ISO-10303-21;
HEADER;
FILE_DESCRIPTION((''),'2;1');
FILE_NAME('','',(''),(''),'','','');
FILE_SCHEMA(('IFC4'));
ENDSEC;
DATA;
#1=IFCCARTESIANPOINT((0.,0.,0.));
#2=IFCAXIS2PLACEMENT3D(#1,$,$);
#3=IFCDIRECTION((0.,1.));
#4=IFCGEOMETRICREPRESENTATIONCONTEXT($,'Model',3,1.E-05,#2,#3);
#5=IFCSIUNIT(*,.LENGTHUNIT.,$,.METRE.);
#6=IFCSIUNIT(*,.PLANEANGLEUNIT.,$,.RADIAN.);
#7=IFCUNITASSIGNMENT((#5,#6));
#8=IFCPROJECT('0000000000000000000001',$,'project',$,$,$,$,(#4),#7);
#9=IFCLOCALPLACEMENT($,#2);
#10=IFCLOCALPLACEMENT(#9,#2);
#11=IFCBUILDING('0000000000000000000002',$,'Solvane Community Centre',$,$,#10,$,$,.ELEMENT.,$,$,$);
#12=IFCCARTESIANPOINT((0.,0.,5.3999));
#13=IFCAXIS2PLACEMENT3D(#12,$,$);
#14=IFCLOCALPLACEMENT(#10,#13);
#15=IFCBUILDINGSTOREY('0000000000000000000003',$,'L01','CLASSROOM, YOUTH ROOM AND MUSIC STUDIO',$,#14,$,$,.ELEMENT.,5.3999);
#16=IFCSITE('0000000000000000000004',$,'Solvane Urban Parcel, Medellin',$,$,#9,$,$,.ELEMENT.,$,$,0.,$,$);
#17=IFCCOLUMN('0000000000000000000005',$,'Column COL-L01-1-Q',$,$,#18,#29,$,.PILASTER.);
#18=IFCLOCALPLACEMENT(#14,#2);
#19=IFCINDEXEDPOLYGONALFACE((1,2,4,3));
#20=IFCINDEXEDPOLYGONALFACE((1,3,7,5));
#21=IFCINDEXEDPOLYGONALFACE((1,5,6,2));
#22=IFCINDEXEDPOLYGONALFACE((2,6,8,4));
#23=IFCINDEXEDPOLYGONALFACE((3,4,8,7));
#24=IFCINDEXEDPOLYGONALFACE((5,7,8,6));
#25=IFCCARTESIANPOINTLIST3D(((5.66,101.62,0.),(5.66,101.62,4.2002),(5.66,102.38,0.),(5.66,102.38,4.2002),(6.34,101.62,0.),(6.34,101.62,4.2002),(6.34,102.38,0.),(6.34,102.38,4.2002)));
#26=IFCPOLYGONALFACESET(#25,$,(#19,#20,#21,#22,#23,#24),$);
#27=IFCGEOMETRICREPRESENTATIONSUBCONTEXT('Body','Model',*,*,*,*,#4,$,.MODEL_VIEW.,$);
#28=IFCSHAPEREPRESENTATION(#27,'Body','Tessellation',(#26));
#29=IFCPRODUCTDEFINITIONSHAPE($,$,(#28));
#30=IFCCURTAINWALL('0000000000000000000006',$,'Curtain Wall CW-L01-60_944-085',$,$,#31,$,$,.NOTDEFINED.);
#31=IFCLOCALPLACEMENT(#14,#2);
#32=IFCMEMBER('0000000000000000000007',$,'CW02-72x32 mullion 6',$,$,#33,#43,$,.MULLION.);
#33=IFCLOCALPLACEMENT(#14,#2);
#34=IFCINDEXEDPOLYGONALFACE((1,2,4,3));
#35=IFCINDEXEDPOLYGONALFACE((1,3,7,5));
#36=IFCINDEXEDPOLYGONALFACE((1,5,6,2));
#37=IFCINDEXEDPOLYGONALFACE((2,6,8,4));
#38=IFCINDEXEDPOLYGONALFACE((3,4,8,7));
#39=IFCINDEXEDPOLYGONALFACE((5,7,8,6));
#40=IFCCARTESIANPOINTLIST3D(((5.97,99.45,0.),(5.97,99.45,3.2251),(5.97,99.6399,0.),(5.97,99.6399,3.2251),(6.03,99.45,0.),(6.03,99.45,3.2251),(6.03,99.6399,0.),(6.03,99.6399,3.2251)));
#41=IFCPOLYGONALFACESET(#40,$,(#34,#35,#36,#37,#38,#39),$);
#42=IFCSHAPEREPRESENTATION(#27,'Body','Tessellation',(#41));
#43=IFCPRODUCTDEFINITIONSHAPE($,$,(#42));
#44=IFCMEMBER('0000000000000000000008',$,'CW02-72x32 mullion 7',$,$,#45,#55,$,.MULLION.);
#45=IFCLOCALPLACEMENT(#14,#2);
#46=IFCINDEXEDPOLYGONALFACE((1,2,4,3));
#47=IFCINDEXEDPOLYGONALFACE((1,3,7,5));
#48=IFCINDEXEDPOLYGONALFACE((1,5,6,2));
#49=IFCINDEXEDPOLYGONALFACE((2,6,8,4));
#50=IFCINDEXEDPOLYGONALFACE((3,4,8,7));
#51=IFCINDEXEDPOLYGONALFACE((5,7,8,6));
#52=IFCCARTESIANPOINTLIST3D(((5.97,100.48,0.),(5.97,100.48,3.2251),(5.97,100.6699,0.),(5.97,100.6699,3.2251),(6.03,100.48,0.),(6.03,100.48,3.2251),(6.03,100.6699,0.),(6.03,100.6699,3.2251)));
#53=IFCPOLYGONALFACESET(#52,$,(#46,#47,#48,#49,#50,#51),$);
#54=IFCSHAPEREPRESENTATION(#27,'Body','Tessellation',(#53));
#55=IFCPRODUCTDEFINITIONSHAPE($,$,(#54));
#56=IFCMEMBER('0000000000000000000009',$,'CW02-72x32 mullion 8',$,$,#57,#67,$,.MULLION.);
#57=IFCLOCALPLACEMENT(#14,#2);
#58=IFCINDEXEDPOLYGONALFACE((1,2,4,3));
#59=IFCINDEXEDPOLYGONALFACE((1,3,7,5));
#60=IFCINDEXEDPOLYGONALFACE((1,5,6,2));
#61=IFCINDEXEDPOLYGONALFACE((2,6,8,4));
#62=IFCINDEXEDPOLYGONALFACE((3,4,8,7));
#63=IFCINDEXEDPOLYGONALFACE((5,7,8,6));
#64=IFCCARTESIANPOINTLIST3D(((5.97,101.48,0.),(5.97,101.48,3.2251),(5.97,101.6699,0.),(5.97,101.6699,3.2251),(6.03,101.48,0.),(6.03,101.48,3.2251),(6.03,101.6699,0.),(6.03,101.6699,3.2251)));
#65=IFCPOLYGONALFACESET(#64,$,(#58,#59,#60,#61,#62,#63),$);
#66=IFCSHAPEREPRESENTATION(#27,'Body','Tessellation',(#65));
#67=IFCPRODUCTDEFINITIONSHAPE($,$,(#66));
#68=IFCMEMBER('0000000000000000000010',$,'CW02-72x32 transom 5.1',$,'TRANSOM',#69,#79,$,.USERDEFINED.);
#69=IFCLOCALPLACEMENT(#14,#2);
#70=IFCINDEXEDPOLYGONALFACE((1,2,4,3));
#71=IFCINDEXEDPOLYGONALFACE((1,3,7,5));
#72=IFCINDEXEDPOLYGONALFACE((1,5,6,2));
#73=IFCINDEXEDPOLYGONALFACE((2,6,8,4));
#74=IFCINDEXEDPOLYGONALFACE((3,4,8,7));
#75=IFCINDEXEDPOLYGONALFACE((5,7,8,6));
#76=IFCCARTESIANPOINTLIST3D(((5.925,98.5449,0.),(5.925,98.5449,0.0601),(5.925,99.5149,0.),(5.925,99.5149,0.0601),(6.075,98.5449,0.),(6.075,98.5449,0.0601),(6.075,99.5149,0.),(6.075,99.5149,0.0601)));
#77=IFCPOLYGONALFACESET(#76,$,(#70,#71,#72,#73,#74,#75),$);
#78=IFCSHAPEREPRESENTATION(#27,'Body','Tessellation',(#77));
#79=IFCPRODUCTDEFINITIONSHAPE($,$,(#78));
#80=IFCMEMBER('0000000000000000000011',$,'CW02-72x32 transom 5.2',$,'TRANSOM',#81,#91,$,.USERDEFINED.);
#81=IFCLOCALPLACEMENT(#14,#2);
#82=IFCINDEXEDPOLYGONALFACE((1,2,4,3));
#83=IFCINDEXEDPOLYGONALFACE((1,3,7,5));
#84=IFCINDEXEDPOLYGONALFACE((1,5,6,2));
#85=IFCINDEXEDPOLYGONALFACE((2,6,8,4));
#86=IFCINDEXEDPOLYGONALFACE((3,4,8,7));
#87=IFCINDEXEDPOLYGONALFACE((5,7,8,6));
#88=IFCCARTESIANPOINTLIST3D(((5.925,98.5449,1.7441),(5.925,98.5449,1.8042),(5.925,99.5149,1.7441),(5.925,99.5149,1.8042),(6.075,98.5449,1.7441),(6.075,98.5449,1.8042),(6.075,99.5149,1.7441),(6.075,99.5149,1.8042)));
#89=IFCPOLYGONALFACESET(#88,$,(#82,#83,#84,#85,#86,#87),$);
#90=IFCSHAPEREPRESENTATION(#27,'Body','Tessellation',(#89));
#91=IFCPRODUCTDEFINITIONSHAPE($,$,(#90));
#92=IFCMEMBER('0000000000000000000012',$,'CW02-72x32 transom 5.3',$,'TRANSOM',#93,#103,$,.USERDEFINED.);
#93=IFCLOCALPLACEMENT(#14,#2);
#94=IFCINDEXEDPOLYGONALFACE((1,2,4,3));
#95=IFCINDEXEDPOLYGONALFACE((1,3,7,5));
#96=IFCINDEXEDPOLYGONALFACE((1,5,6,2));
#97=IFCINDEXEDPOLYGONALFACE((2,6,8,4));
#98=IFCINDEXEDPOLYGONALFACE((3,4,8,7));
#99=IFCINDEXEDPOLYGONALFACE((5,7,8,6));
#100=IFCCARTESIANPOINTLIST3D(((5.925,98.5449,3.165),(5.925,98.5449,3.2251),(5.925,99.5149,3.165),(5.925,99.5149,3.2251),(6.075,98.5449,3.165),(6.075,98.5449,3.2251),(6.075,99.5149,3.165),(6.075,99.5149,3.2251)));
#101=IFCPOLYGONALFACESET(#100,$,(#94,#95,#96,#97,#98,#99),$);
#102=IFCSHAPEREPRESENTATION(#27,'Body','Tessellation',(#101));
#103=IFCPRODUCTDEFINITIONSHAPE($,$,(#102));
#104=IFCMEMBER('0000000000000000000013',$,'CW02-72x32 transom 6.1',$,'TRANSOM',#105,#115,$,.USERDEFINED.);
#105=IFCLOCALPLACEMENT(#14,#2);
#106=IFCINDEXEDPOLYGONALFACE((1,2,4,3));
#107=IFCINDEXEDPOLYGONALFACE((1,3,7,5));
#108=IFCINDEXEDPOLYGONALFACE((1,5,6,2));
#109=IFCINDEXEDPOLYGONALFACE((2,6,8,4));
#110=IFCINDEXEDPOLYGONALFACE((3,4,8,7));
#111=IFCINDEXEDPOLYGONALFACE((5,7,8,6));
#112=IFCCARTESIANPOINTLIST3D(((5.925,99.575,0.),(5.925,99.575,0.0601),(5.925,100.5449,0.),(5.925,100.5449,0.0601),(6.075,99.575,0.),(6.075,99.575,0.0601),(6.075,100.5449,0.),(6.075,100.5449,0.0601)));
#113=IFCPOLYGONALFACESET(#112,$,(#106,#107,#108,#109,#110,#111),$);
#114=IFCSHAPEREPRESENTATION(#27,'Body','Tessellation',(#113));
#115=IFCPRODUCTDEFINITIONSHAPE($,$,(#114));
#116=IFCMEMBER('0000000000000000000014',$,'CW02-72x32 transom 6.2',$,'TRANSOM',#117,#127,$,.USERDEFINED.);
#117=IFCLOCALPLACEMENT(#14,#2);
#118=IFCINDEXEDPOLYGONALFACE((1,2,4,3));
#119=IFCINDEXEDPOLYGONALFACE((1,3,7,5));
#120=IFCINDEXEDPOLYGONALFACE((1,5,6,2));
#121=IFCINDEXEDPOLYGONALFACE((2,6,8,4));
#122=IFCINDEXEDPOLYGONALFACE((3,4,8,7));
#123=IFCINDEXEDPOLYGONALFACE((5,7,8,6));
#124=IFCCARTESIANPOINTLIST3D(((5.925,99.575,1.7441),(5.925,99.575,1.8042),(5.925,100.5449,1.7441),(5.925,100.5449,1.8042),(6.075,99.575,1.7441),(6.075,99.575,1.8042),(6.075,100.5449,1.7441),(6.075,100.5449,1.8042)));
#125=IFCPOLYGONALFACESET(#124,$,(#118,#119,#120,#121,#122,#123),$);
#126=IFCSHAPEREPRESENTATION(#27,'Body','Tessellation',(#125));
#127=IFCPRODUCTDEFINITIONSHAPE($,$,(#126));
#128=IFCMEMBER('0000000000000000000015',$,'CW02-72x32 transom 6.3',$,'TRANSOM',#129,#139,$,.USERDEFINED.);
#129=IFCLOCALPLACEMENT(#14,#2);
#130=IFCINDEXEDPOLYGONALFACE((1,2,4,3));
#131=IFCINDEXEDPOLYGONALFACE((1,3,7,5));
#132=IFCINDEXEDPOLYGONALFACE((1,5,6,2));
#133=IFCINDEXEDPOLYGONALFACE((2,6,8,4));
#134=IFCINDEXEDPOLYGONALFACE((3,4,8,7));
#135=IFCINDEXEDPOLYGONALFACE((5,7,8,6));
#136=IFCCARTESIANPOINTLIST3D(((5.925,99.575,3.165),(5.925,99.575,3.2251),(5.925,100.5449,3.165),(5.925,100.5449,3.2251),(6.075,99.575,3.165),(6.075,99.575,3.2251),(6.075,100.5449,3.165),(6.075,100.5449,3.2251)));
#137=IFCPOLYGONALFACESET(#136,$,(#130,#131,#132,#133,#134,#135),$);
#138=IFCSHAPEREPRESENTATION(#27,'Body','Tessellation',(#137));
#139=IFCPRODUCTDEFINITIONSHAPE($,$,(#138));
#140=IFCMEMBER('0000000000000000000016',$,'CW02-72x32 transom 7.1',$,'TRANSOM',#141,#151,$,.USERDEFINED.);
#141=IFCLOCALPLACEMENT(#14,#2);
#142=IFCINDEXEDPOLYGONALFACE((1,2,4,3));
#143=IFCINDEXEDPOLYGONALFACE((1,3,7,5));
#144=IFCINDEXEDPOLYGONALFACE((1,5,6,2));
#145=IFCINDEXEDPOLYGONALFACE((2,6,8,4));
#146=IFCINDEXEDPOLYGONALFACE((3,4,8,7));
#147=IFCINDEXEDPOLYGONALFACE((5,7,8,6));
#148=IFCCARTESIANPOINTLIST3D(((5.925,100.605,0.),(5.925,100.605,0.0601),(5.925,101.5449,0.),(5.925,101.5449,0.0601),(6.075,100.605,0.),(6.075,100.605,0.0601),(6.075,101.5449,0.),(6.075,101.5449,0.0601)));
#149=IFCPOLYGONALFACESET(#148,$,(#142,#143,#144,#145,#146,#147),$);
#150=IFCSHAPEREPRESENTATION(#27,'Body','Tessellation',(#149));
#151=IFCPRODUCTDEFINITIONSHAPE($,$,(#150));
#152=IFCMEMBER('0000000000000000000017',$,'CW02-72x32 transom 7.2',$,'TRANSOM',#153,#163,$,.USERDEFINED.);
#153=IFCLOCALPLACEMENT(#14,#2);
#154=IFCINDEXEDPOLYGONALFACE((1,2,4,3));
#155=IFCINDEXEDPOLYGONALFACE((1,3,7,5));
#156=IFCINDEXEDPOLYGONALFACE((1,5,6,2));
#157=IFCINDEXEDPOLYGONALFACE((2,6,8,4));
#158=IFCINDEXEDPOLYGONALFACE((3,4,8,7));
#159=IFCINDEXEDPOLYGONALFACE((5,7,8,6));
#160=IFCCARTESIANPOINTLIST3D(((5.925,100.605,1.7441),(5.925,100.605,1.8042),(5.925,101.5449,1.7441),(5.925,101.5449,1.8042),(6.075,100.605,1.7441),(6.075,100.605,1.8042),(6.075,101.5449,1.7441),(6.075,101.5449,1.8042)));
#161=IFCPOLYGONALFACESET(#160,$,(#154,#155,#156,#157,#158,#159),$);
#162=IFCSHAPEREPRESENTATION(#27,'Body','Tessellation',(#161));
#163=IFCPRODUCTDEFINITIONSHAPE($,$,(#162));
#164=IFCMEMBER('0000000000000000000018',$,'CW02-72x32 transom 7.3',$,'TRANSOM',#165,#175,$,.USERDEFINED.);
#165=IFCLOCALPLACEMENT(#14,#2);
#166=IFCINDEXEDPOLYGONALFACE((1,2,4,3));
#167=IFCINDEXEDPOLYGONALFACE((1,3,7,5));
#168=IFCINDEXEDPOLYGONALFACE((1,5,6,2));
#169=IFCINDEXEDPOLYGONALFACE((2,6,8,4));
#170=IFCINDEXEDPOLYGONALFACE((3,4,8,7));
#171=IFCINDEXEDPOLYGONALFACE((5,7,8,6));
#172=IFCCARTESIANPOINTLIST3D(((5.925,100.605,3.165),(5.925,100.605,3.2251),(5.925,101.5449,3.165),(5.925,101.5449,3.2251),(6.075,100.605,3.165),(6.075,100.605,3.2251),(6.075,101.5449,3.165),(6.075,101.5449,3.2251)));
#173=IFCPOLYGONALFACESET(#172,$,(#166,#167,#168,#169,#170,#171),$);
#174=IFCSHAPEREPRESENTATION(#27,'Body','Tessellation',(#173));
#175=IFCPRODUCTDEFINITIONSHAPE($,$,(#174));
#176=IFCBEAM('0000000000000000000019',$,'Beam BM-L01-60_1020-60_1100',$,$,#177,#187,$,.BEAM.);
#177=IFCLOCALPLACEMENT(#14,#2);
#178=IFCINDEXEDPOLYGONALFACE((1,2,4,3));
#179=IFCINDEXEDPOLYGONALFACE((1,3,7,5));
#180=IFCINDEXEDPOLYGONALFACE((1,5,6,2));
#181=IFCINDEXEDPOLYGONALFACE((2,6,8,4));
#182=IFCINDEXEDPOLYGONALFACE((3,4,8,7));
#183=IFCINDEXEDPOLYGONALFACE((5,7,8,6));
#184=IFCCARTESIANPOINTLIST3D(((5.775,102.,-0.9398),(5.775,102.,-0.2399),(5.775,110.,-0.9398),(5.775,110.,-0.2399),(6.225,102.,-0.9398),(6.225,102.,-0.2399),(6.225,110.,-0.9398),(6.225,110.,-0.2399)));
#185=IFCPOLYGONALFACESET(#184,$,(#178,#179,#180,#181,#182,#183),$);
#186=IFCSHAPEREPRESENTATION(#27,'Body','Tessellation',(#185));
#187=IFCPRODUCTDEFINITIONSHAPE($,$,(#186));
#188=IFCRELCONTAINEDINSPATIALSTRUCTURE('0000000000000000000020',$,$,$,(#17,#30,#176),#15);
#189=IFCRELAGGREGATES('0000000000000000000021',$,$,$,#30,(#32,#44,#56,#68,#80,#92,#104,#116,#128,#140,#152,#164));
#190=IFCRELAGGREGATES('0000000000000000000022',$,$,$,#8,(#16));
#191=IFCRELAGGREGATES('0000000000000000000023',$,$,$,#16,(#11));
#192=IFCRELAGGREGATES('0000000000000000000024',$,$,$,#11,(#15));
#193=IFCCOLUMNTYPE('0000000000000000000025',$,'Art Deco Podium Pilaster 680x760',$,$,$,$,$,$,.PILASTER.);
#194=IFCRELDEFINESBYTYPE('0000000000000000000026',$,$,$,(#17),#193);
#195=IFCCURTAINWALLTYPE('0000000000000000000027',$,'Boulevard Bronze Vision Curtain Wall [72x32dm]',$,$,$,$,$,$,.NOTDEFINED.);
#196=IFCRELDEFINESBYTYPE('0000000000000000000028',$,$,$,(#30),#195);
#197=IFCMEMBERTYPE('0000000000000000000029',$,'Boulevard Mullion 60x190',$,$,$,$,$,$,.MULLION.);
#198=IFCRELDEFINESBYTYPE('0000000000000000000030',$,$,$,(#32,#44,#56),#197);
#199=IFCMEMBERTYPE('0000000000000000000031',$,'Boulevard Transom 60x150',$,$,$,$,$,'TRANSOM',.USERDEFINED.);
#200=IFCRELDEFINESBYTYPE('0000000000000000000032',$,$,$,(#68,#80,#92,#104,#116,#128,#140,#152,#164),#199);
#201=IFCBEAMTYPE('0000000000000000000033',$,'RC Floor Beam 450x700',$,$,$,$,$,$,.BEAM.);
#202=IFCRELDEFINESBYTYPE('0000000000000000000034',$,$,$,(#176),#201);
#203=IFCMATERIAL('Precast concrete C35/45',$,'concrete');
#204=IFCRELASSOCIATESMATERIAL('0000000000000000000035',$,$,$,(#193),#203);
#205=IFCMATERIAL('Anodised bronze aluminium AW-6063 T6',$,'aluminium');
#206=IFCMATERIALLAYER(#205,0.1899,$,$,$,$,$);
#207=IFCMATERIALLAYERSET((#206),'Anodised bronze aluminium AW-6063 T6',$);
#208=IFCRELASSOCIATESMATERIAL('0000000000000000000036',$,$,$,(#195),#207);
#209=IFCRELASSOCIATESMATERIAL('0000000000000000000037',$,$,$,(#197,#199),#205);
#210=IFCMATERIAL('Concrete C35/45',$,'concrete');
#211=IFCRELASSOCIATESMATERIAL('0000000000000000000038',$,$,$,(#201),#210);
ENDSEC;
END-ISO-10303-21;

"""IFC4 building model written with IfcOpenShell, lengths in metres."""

from ifc_helpers import new_model, si_unit, direction, frame, origin, origin_2d, place, context, subcontext, project, spatial, rectangle, extrude, material, layer, layer_set, material_profile, profile_set, type_object, element, aggregate, save


model = new_model("IFC4")

# Units and contexts
model_context = context("Model", 3, precision=1e-05, world=origin(), true_north=direction((0.0, 1.0)))
body_context = subcontext(model_context, "Body", "Model", "MODEL_VIEW")
ifc_project = project(units=[si_unit("LENGTHUNIT", "METRE"), si_unit("PLANEANGLEUNIT", "RADIAN")], contexts=[model_context])

# Site, building, storey
site_placement = place(None, origin())
site = spatial("IfcSite", under=ifc_project, at=site_placement, Name="Solvane Urban Parcel, Medellin", CompositionType="ELEMENT", RefElevation=0.0)
building_placement = place(site_placement, origin())
building = spatial("IfcBuilding", under=site, at=building_placement, Name="Solvane Community Centre", CompositionType="ELEMENT")
storey_placement = place(building_placement, frame((0.0, 0.0, 5.3999)))
storey = spatial("IfcBuildingStorey", under=building, at=storey_placement, Name="L01", Description="CLASSROOM, YOUTH ROOM AND MUSIC STUDIO", CompositionType="ELEMENT", Elevation=5.3999)

# Column
ifc_material_1 = material(Name="Precast concrete C35/45", Category="concrete")
ifc_material_profile_1 = material_profile(ifc_material_1, rectangle(XDim=0.6799, YDim=0.76, at=origin_2d()), Name="RC 680x760")
ifc_profile_set_1 = profile_set([ifc_material_profile_1], Name="Precast concrete C35/45")
column_type = type_object("IfcColumnType", Name="Art Deco Podium Pilaster 680x760", PredefinedType="PILASTER", material=ifc_profile_set_1)
column_placement = place(storey_placement, frame((6.0, 102.0, 0.0), z_axis=(0.0, 0.0, 1.0), x_axis=(1.0, 0.0, 0.0)))
element("IfcColumn", 1, at=column_placement, inside=storey, type_object=column_type, Name="Column COL-L01-1-Q", PredefinedType="PILASTER", context=body_context, shape_type="SweptSolid", body=[
    extrude(rectangle(XDim=0.6799, YDim=0.76, at=origin_2d()), origin(), (0.0, 0.0, 1.0), 4.2002),
])

# Curtain wall, members
ifc_material_2 = material(Name="Anodised bronze aluminium AW-6063 T6", Category="aluminium")
ifc_layer_1 = layer(ifc_material_2, 0.1899)
ifc_layer_set_1 = layer_set([ifc_layer_1], Name="Anodised bronze aluminium AW-6063 T6")
curtain_wall_type = type_object("IfcCurtainWallType", Name="Boulevard Bronze Vision Curtain Wall [72x32dm]", PredefinedType="NOTDEFINED", material=ifc_layer_set_1)
curtain_wall_placement = place(storey_placement, origin())
curtain_wall = element("IfcCurtainWall", 2, at=curtain_wall_placement, inside=storey, type_object=curtain_wall_type, Name="Curtain Wall CW-L01-60_944-085", PredefinedType="NOTDEFINED")
ifc_material_profile_2 = material_profile(ifc_material_2, rectangle(XDim=0.0601, YDim=0.1899, at=origin_2d()), Name="CW-M 60x190")
ifc_profile_set_2 = profile_set([ifc_material_profile_2], Name="Anodised bronze aluminium AW-6063 T6")
member_type_1 = type_object("IfcMemberType", Name="Boulevard Mullion 60x190", PredefinedType="MULLION", material=ifc_profile_set_2)
member_1_placement = place(storey_placement, frame((6.0, 99.5449, 0.0), z_axis=(0.0, 0.0, 1.0), x_axis=(-1.0, 0.0, 0.0)))
member_1 = element("IfcMember", 3, at=member_1_placement, type_object=member_type_1, Name="CW02-72x32 mullion 6", PredefinedType="MULLION", context=body_context, shape_type="SweptSolid", body=[
    extrude(rectangle(XDim=0.0601, YDim=0.1899, at=origin_2d()), origin(), (0.0, 0.0, 1.0), 3.2251),
])
member_2_placement = place(storey_placement, frame((6.0, 100.575, 0.0), z_axis=(0.0, 0.0, 1.0), x_axis=(-1.0, 0.0, 0.0)))
member_2 = element("IfcMember", 4, at=member_2_placement, type_object=member_type_1, Name="CW02-72x32 mullion 7", PredefinedType="MULLION", context=body_context, shape_type="SweptSolid", body=[
    extrude(rectangle(XDim=0.0601, YDim=0.1899, at=origin_2d()), origin(), (0.0, 0.0, 1.0), 3.2251),
])
member_3_placement = place(storey_placement, frame((6.0, 101.575, 0.0), z_axis=(0.0, 0.0, 1.0), x_axis=(-1.0, 0.0, 0.0)))
member_3 = element("IfcMember", 5, at=member_3_placement, type_object=member_type_1, Name="CW02-72x32 mullion 8", PredefinedType="MULLION", context=body_context, shape_type="SweptSolid", body=[
    extrude(rectangle(XDim=0.0601, YDim=0.1899, at=origin_2d()), origin(), (0.0, 0.0, 1.0), 3.2251),
])
ifc_material_profile_3 = material_profile(ifc_material_2, rectangle(XDim=0.1499, YDim=0.0601, at=origin_2d()), Name="CW-T 60x150")
ifc_profile_set_3 = profile_set([ifc_material_profile_3], Name="Anodised bronze aluminium AW-6063 T6")
member_type_2 = type_object("IfcMemberType", Name="Boulevard Transom 60x150", ElementType="TRANSOM", PredefinedType="USERDEFINED", material=ifc_profile_set_3)
member_4_placement = place(storey_placement, frame((6.0, 98.5449, 0.03), z_axis=(0.0, 1.0, 0.0), x_axis=(-1.0, 0.0, 0.0)))
member_4 = element("IfcMember", 6, at=member_4_placement, type_object=member_type_2, Name="CW02-72x32 transom 5.1", ObjectType="TRANSOM", PredefinedType="USERDEFINED", context=body_context, shape_type="SweptSolid", body=[
    extrude(rectangle(XDim=0.1499, YDim=0.0601, at=origin_2d()), origin(), (0.0, 0.0, 1.0), 0.97),
])
member_5_placement = place(storey_placement, frame((6.0, 98.5449, 1.7742), z_axis=(0.0, 1.0, 0.0), x_axis=(-1.0, 0.0, 0.0)))
member_5 = element("IfcMember", 7, at=member_5_placement, type_object=member_type_2, Name="CW02-72x32 transom 5.2", ObjectType="TRANSOM", PredefinedType="USERDEFINED", context=body_context, shape_type="SweptSolid", body=[
    extrude(rectangle(XDim=0.1499, YDim=0.0601, at=origin_2d()), origin(), (0.0, 0.0, 1.0), 0.97),
])
member_6_placement = place(storey_placement, frame((6.0, 98.5449, 3.1951), z_axis=(0.0, 1.0, 0.0), x_axis=(-1.0, 0.0, 0.0)))
member_6 = element("IfcMember", 8, at=member_6_placement, type_object=member_type_2, Name="CW02-72x32 transom 5.3", ObjectType="TRANSOM", PredefinedType="USERDEFINED", context=body_context, shape_type="SweptSolid", body=[
    extrude(rectangle(XDim=0.1499, YDim=0.0601, at=origin_2d()), origin(), (0.0, 0.0, 1.0), 0.97),
])
member_7_placement = place(storey_placement, frame((6.0, 99.575, 0.03), z_axis=(0.0, 1.0, 0.0), x_axis=(-1.0, 0.0, 0.0)))
member_7 = element("IfcMember", 9, at=member_7_placement, type_object=member_type_2, Name="CW02-72x32 transom 6.1", ObjectType="TRANSOM", PredefinedType="USERDEFINED", context=body_context, shape_type="SweptSolid", body=[
    extrude(rectangle(XDim=0.1499, YDim=0.0601, at=origin_2d()), origin(), (0.0, 0.0, 1.0), 0.97),
])
member_8_placement = place(storey_placement, frame((6.0, 99.575, 1.7742), z_axis=(0.0, 1.0, 0.0), x_axis=(-1.0, 0.0, 0.0)))
member_8 = element("IfcMember", 10, at=member_8_placement, type_object=member_type_2, Name="CW02-72x32 transom 6.2", ObjectType="TRANSOM", PredefinedType="USERDEFINED", context=body_context, shape_type="SweptSolid", body=[
    extrude(rectangle(XDim=0.1499, YDim=0.0601, at=origin_2d()), origin(), (0.0, 0.0, 1.0), 0.97),
])
member_9_placement = place(storey_placement, frame((6.0, 99.575, 3.1951), z_axis=(0.0, 1.0, 0.0), x_axis=(-1.0, 0.0, 0.0)))
member_9 = element("IfcMember", 11, at=member_9_placement, type_object=member_type_2, Name="CW02-72x32 transom 6.3", ObjectType="TRANSOM", PredefinedType="USERDEFINED", context=body_context, shape_type="SweptSolid", body=[
    extrude(rectangle(XDim=0.1499, YDim=0.0601, at=origin_2d()), origin(), (0.0, 0.0, 1.0), 0.97),
])
member_10_placement = place(storey_placement, frame((6.0, 100.605, 0.03), z_axis=(0.0, 1.0, 0.0), x_axis=(-1.0, 0.0, 0.0)))
member_10 = element("IfcMember", 12, at=member_10_placement, type_object=member_type_2, Name="CW02-72x32 transom 7.1", ObjectType="TRANSOM", PredefinedType="USERDEFINED", context=body_context, shape_type="SweptSolid", body=[
    extrude(rectangle(XDim=0.1499, YDim=0.0601, at=origin_2d()), origin(), (0.0, 0.0, 1.0), 0.9399),
])
member_11_placement = place(storey_placement, frame((6.0, 100.605, 1.7742), z_axis=(0.0, 1.0, 0.0), x_axis=(-1.0, 0.0, 0.0)))
member_11 = element("IfcMember", 13, at=member_11_placement, type_object=member_type_2, Name="CW02-72x32 transom 7.2", ObjectType="TRANSOM", PredefinedType="USERDEFINED", context=body_context, shape_type="SweptSolid", body=[
    extrude(rectangle(XDim=0.1499, YDim=0.0601, at=origin_2d()), origin(), (0.0, 0.0, 1.0), 0.9399),
])
member_12_placement = place(storey_placement, frame((6.0, 100.605, 3.1951), z_axis=(0.0, 1.0, 0.0), x_axis=(-1.0, 0.0, 0.0)))
member_12 = element("IfcMember", 14, at=member_12_placement, type_object=member_type_2, Name="CW02-72x32 transom 7.3", ObjectType="TRANSOM", PredefinedType="USERDEFINED", context=body_context, shape_type="SweptSolid", body=[
    extrude(rectangle(XDim=0.1499, YDim=0.0601, at=origin_2d()), origin(), (0.0, 0.0, 1.0), 0.9399),
])

# Beam
ifc_material_3 = material(Name="Concrete C35/45", Category="concrete")
ifc_material_profile_4 = material_profile(ifc_material_3, rectangle(XDim=0.45, YDim=0.7, at=origin_2d()), Name="RC 450x700")
ifc_profile_set_4 = profile_set([ifc_material_profile_4], Name="Concrete C35/45")
beam_type_1 = type_object("IfcBeamType", Name="RC Floor Beam 450x700", PredefinedType="BEAM", material=ifc_profile_set_4)
beam_1_placement = place(storey_placement, frame((6.0, 102.0, -0.5898), z_axis=(0.0, 1.0, 0.0), x_axis=(-1.0, 0.0, 0.0)))
element("IfcBeam", 15, at=beam_1_placement, inside=storey, type_object=beam_type_1, Name="Beam BM-L01-60_1020-60_1100", PredefinedType="BEAM", context=body_context, shape_type="SweptSolid", body=[
    extrude(rectangle(XDim=0.45, YDim=0.7, at=origin_2d()), origin(), (0.0, 0.0, 1.0), 8.0),
])

aggregate(curtain_wall, [member_1, member_2, member_3, member_4, member_5, member_6, member_7, member_8, member_9, member_10, member_11, member_12])

save(model, "model.ifc")
